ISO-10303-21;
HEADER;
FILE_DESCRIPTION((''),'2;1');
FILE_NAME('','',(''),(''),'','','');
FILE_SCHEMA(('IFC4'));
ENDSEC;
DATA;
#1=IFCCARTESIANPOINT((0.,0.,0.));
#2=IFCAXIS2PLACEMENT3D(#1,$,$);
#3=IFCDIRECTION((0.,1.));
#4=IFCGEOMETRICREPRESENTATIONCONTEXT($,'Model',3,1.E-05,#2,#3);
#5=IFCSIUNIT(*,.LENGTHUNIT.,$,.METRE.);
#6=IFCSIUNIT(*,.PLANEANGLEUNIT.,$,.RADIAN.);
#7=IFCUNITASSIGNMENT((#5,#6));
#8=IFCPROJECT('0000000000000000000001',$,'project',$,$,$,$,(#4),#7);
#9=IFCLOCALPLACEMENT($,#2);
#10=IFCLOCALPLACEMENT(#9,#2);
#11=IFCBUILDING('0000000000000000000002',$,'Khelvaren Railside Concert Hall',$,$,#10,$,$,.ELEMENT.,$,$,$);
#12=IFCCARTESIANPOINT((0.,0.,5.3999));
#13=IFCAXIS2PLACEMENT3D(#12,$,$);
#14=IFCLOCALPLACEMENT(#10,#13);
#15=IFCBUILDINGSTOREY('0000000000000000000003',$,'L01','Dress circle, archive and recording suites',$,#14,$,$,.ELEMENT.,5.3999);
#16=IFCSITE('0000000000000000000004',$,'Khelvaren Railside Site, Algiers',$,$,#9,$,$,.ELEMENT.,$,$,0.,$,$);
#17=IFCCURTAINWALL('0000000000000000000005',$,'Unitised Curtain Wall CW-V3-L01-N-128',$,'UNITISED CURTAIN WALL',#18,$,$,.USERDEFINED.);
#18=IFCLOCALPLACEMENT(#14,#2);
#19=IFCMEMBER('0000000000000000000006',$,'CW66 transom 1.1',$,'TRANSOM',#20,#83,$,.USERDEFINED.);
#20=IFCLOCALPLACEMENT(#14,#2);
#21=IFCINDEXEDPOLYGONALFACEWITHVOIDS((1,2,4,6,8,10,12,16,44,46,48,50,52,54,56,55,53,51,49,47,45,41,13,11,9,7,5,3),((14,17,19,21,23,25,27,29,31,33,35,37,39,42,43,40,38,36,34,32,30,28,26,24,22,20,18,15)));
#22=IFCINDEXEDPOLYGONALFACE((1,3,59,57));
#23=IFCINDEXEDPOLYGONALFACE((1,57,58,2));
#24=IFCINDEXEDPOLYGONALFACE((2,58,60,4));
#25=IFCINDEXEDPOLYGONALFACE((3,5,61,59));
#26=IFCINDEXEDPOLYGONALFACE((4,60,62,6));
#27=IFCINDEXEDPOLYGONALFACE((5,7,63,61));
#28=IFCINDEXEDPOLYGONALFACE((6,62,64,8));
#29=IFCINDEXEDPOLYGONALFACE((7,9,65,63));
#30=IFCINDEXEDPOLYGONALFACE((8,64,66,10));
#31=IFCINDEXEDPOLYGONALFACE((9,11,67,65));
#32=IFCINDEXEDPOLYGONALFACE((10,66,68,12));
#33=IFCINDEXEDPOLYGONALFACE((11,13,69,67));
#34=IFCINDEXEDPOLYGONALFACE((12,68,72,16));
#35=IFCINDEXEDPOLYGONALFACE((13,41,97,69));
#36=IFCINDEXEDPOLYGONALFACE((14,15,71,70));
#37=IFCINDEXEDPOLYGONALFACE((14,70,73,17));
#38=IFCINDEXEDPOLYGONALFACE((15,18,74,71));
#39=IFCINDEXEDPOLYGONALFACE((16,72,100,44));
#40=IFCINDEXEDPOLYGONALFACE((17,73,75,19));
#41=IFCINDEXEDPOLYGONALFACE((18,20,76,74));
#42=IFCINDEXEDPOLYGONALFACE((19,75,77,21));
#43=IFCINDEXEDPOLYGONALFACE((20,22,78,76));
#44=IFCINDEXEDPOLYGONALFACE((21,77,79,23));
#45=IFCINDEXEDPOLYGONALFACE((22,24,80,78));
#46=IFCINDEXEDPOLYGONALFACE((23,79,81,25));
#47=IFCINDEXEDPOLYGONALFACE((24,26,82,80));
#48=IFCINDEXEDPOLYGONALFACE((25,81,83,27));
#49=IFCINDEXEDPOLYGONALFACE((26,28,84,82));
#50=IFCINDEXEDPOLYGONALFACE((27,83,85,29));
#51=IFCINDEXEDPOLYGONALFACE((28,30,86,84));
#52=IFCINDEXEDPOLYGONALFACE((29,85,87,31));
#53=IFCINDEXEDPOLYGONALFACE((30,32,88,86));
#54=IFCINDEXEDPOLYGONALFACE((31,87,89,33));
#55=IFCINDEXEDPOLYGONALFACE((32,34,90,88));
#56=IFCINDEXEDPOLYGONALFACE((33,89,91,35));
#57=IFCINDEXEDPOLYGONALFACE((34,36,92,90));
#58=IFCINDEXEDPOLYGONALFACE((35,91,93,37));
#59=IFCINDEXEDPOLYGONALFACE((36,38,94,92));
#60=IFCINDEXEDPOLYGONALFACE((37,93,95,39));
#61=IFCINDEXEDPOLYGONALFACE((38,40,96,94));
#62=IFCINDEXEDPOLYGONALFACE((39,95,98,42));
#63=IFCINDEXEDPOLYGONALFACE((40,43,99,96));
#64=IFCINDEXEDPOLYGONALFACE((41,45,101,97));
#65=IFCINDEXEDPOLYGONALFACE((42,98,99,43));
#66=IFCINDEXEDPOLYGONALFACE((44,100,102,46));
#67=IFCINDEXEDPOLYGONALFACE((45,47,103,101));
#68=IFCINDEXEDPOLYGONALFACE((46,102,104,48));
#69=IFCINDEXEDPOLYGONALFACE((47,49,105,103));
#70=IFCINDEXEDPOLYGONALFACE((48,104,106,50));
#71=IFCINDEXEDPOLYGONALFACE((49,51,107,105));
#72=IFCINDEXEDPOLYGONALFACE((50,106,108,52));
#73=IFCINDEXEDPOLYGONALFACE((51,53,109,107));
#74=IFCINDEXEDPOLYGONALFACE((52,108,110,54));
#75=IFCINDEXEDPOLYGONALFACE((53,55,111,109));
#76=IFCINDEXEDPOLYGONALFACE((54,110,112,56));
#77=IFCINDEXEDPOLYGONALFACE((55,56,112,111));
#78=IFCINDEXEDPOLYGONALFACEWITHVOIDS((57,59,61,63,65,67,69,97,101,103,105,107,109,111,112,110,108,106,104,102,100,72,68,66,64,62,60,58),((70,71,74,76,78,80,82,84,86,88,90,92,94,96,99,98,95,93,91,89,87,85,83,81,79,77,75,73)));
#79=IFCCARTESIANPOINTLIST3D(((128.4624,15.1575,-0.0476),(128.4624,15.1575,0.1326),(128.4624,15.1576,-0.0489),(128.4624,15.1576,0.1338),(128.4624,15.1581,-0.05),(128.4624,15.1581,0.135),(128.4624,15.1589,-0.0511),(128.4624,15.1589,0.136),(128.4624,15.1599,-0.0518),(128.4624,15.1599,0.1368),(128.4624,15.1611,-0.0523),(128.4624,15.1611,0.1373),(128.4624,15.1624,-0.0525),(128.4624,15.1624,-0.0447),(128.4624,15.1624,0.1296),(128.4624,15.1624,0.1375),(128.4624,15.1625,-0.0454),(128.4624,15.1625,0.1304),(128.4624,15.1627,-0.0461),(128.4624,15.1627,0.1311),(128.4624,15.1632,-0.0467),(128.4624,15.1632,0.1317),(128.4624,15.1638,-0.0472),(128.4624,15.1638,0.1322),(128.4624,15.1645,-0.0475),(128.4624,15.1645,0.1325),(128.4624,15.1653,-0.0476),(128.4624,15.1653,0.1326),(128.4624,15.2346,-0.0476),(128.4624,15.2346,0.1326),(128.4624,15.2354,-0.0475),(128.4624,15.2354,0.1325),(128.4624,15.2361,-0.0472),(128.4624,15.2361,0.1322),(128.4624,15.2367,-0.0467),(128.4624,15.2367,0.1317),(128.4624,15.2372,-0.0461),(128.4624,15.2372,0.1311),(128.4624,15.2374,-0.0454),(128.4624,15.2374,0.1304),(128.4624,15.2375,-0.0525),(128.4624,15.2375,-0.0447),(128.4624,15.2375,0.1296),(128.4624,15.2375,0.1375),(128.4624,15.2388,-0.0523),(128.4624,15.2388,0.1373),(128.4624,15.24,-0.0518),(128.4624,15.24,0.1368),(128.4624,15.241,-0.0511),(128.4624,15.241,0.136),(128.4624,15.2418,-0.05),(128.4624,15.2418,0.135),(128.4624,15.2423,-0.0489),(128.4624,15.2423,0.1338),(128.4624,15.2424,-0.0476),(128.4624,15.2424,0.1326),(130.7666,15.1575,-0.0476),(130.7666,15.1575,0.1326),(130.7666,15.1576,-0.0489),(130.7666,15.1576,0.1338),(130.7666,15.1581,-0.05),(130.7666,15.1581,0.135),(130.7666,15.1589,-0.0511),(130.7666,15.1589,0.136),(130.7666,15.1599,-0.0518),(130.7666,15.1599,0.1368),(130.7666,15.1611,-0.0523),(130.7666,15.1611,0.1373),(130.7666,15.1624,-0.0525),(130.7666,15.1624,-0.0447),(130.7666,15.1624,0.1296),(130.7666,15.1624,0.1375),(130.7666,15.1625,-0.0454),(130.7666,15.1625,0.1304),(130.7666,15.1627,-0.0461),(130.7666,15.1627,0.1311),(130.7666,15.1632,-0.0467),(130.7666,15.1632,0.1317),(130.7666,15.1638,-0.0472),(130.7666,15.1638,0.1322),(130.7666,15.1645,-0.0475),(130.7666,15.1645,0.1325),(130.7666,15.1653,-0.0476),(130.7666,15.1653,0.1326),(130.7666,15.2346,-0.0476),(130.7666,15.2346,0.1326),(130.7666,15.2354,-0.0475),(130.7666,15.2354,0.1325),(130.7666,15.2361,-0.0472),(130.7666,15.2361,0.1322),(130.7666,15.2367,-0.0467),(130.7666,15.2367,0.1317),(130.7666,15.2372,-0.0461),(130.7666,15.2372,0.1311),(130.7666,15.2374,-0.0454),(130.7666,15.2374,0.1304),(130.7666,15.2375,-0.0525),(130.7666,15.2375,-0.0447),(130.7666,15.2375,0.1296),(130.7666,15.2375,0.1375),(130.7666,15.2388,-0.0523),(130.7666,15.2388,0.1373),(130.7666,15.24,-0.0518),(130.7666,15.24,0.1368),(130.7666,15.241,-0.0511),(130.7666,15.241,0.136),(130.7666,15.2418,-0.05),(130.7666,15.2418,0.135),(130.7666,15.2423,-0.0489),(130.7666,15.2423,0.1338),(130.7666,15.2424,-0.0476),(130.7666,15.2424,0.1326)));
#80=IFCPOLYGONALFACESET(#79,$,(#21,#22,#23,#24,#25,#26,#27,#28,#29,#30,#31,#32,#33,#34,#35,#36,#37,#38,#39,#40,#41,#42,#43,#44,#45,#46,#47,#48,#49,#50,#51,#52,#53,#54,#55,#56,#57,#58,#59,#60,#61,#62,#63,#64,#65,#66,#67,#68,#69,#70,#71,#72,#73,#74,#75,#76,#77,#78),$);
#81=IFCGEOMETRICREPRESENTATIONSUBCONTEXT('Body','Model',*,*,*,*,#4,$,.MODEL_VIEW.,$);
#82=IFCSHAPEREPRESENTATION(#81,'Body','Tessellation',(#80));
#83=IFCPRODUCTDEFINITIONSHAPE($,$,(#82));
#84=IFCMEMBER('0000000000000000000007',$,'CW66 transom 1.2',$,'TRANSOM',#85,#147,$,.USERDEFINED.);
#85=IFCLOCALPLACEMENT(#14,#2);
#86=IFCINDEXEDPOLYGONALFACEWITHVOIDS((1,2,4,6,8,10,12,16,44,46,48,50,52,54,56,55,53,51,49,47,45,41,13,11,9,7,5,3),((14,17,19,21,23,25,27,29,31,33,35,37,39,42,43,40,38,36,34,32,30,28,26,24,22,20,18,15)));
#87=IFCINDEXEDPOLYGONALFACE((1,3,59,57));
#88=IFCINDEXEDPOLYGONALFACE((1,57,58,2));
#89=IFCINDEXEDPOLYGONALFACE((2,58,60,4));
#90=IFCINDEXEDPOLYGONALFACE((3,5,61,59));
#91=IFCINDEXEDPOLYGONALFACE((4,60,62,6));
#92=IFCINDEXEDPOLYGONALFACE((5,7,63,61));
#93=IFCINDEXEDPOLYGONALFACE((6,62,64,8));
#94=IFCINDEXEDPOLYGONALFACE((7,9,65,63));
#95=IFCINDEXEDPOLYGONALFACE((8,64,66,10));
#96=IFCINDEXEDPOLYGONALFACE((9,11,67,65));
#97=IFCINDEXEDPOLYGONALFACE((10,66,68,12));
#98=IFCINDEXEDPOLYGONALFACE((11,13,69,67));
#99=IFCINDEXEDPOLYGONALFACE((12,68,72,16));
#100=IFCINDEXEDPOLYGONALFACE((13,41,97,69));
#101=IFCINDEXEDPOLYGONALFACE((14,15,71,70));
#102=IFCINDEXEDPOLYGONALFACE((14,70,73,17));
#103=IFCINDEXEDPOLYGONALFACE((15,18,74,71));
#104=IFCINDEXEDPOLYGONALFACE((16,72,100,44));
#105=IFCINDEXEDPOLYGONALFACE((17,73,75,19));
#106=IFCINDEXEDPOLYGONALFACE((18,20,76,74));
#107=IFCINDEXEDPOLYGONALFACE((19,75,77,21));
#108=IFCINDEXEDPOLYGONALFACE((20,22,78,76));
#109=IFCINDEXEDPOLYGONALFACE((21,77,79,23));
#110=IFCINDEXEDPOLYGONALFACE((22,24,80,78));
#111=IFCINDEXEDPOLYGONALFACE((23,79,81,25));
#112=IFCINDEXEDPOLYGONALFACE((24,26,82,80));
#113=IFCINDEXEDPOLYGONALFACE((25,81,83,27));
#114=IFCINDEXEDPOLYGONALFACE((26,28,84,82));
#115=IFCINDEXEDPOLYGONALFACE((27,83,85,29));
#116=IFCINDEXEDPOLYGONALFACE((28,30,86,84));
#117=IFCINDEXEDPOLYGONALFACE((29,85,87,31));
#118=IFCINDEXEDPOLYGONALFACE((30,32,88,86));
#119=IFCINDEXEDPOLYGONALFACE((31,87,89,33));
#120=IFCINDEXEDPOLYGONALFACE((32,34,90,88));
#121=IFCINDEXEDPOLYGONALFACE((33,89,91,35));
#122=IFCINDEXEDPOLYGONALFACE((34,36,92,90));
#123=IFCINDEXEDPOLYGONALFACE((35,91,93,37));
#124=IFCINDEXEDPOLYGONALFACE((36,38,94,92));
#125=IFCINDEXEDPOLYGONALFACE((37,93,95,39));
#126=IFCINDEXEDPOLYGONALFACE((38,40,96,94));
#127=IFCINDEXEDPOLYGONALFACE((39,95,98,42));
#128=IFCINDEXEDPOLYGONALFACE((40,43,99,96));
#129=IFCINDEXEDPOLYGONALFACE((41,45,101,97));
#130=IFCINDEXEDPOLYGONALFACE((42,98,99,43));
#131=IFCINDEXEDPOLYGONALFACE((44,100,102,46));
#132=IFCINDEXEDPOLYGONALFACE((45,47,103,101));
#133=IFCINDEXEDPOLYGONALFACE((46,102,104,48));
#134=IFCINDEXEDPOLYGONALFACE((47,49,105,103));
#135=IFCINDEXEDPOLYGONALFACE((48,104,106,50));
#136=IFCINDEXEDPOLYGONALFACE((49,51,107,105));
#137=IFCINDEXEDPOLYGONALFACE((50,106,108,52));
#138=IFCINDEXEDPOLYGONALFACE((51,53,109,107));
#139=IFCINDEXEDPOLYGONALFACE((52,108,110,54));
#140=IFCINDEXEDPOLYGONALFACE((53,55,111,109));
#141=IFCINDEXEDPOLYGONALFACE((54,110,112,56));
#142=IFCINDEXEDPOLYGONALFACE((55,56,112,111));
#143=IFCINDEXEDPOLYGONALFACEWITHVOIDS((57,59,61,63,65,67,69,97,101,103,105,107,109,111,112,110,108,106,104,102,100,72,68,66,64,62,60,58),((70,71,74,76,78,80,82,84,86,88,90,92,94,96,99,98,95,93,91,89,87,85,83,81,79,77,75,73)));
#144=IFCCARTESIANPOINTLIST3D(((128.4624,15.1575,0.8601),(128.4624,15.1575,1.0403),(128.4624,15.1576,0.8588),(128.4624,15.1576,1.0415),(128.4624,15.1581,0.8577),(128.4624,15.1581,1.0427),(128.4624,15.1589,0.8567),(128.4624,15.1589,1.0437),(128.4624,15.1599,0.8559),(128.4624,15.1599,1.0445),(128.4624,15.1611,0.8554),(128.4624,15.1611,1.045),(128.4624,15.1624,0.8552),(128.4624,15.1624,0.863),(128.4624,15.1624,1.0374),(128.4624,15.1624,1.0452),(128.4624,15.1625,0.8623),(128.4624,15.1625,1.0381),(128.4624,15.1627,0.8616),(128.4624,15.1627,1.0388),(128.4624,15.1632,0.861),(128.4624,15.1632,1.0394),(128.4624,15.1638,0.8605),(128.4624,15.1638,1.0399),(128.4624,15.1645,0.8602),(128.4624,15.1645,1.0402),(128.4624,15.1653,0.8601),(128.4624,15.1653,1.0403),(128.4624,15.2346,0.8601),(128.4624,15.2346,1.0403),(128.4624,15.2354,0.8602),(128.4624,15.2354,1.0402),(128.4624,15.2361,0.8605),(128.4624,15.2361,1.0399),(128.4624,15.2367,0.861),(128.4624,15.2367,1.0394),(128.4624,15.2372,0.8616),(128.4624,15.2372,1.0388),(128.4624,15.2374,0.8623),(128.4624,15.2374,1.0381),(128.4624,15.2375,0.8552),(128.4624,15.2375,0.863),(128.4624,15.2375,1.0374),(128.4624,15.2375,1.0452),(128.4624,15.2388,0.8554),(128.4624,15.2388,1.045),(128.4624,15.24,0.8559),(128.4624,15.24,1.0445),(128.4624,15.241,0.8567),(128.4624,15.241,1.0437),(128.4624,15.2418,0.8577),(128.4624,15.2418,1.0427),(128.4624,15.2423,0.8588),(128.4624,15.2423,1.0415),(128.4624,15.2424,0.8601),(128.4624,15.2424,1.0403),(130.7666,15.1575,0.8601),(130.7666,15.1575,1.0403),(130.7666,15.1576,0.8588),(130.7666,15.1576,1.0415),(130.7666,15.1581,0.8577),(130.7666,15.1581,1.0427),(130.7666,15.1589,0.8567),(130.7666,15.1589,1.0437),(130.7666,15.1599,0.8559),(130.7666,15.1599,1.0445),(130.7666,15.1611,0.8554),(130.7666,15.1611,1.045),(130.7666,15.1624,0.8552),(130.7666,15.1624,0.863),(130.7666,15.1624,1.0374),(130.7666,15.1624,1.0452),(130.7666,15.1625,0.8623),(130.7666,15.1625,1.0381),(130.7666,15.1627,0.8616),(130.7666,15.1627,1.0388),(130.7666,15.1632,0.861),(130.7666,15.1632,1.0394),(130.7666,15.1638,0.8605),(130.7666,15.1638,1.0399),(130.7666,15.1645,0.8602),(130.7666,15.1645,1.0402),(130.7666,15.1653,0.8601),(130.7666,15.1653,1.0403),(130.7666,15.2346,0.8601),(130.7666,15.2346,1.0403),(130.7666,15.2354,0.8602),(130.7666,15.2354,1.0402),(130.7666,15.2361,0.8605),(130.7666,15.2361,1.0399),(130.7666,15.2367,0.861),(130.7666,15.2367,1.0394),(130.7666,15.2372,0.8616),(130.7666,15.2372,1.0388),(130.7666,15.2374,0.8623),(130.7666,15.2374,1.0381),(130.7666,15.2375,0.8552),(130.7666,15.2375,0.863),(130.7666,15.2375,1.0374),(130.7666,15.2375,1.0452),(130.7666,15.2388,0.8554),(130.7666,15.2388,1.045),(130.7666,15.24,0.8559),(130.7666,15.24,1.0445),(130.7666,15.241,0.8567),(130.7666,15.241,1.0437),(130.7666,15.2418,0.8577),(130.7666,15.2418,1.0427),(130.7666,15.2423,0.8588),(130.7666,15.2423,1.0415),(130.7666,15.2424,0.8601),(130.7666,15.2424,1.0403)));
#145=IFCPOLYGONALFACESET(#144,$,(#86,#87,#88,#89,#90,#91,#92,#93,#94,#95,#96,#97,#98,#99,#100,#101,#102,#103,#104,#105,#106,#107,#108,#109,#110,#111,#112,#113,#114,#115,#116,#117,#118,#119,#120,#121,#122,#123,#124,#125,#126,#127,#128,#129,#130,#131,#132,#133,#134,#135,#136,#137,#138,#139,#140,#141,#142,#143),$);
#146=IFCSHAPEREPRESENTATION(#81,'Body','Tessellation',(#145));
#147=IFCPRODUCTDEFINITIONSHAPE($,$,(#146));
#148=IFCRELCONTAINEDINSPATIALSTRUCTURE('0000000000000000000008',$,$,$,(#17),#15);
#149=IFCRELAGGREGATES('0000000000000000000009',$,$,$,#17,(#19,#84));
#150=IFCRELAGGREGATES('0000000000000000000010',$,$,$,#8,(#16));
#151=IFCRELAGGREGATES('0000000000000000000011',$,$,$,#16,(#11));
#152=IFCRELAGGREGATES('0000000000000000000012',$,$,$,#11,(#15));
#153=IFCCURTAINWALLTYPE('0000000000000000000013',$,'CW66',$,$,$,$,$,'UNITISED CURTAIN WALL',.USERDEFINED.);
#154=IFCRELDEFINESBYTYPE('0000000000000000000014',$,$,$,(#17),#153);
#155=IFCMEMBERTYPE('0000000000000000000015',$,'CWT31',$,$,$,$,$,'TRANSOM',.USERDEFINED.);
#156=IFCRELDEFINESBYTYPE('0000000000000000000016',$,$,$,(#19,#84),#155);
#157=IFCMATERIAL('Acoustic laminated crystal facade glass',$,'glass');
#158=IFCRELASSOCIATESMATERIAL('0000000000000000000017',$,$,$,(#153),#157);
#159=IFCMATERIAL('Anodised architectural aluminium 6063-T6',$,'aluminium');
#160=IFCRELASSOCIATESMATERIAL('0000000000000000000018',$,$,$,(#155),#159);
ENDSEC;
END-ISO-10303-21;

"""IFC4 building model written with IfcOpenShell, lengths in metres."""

from ifc_helpers import new_model, si_unit, direction, frame, origin, origin_2d, place, context, subcontext, project, spatial, hollow_rectangle, extrude, material, material_profile, profile_set, type_object, element, aggregate, save


model = new_model("IFC4")

# Units and contexts
model_context = context("Model", 3, precision=1e-05, world=origin(), true_north=direction((0.0, 1.0)))
body_context = subcontext(model_context, "Body", "Model", "MODEL_VIEW")
ifc_project = project(units=[si_unit("LENGTHUNIT", "METRE"), si_unit("PLANEANGLEUNIT", "RADIAN")], contexts=[model_context])

# Site, building, storey
site_placement = place(None, origin())
site = spatial("IfcSite", under=ifc_project, at=site_placement, Name="Khelvaren Railside Site, Algiers", CompositionType="ELEMENT", RefElevation=0.0)
building_placement = place(site_placement, origin())
building = spatial("IfcBuilding", under=site, at=building_placement, Name="Khelvaren Railside Concert Hall", CompositionType="ELEMENT")
storey_placement = place(building_placement, frame((0.0, 0.0, 5.3999)))
storey = spatial("IfcBuildingStorey", under=building, at=storey_placement, Name="L01", Description="Dress circle, archive and recording suites", CompositionType="ELEMENT", Elevation=5.3999)

# Shared definitions
ifc_material_1 = material(Name="Acoustic laminated crystal facade glass", Category="glass")
ifc_material_2 = material(Name="Anodised architectural aluminium 6063-T6", Category="aluminium")

# Curtain wall, members
curtain_wall_type_1 = type_object("IfcCurtainWallType", Name="CW66", ElementType="UNITISED CURTAIN WALL", PredefinedType="USERDEFINED", material=ifc_material_1)
curtain_wall_1_placement = place(storey_placement, origin())
curtain_wall_1 = element("IfcCurtainWall", 1, at=curtain_wall_1_placement, inside=storey, type_object=curtain_wall_type_1, Name="Unitised Curtain Wall CW-V3-L01-N-128", ObjectType="UNITISED CURTAIN WALL", PredefinedType="USERDEFINED")
ifc_material_profile_1 = material_profile(ifc_material_2, hollow_rectangle(XDim=0.085, YDim=0.1899, WallThickness=0.0049, InnerFilletRadius=0.0029, OuterFilletRadius=0.0049, at=origin_2d()), Name="CWT 85x190x5")
ifc_profile_set_1 = profile_set([ifc_material_profile_1], Name="Anodised architectural aluminium 6063-T6")
member_type_1 = type_object("IfcMemberType", Name="CWT31", ElementType="TRANSOM", PredefinedType="USERDEFINED", material=ifc_profile_set_1)
member_1_placement = place(storey_placement, frame((128.4624, 15.2, 0.0425), z_axis=(1.0, 0.0, 0.0), x_axis=(0.0, 1.0, 0.0)))
member_1 = element("IfcMember", 2, at=member_1_placement, type_object=member_type_1, Name="CW66 transom 1.1", ObjectType="TRANSOM", PredefinedType="USERDEFINED", context=body_context, shape_type="SweptSolid", body=[
    extrude(hollow_rectangle(XDim=0.085, YDim=0.1899, WallThickness=0.0049, InnerFilletRadius=0.0029, OuterFilletRadius=0.0049, at=origin_2d()), origin(), (0.0, 0.0, 1.0), 2.3042),
])
member_2_placement = place(storey_placement, frame((128.4624, 15.2, 0.9502), z_axis=(1.0, 0.0, 0.0), x_axis=(0.0, 1.0, 0.0)))
member_2 = element("IfcMember", 3, at=member_2_placement, type_object=member_type_1, Name="CW66 transom 1.2", ObjectType="TRANSOM", PredefinedType="USERDEFINED", context=body_context, shape_type="SweptSolid", body=[
    extrude(hollow_rectangle(XDim=0.085, YDim=0.1899, WallThickness=0.0049, InnerFilletRadius=0.0029, OuterFilletRadius=0.0049, at=origin_2d()), origin(), (0.0, 0.0, 1.0), 2.3042),
])

aggregate(curtain_wall_1, [member_1, member_2])

save(model, "model.ifc")
